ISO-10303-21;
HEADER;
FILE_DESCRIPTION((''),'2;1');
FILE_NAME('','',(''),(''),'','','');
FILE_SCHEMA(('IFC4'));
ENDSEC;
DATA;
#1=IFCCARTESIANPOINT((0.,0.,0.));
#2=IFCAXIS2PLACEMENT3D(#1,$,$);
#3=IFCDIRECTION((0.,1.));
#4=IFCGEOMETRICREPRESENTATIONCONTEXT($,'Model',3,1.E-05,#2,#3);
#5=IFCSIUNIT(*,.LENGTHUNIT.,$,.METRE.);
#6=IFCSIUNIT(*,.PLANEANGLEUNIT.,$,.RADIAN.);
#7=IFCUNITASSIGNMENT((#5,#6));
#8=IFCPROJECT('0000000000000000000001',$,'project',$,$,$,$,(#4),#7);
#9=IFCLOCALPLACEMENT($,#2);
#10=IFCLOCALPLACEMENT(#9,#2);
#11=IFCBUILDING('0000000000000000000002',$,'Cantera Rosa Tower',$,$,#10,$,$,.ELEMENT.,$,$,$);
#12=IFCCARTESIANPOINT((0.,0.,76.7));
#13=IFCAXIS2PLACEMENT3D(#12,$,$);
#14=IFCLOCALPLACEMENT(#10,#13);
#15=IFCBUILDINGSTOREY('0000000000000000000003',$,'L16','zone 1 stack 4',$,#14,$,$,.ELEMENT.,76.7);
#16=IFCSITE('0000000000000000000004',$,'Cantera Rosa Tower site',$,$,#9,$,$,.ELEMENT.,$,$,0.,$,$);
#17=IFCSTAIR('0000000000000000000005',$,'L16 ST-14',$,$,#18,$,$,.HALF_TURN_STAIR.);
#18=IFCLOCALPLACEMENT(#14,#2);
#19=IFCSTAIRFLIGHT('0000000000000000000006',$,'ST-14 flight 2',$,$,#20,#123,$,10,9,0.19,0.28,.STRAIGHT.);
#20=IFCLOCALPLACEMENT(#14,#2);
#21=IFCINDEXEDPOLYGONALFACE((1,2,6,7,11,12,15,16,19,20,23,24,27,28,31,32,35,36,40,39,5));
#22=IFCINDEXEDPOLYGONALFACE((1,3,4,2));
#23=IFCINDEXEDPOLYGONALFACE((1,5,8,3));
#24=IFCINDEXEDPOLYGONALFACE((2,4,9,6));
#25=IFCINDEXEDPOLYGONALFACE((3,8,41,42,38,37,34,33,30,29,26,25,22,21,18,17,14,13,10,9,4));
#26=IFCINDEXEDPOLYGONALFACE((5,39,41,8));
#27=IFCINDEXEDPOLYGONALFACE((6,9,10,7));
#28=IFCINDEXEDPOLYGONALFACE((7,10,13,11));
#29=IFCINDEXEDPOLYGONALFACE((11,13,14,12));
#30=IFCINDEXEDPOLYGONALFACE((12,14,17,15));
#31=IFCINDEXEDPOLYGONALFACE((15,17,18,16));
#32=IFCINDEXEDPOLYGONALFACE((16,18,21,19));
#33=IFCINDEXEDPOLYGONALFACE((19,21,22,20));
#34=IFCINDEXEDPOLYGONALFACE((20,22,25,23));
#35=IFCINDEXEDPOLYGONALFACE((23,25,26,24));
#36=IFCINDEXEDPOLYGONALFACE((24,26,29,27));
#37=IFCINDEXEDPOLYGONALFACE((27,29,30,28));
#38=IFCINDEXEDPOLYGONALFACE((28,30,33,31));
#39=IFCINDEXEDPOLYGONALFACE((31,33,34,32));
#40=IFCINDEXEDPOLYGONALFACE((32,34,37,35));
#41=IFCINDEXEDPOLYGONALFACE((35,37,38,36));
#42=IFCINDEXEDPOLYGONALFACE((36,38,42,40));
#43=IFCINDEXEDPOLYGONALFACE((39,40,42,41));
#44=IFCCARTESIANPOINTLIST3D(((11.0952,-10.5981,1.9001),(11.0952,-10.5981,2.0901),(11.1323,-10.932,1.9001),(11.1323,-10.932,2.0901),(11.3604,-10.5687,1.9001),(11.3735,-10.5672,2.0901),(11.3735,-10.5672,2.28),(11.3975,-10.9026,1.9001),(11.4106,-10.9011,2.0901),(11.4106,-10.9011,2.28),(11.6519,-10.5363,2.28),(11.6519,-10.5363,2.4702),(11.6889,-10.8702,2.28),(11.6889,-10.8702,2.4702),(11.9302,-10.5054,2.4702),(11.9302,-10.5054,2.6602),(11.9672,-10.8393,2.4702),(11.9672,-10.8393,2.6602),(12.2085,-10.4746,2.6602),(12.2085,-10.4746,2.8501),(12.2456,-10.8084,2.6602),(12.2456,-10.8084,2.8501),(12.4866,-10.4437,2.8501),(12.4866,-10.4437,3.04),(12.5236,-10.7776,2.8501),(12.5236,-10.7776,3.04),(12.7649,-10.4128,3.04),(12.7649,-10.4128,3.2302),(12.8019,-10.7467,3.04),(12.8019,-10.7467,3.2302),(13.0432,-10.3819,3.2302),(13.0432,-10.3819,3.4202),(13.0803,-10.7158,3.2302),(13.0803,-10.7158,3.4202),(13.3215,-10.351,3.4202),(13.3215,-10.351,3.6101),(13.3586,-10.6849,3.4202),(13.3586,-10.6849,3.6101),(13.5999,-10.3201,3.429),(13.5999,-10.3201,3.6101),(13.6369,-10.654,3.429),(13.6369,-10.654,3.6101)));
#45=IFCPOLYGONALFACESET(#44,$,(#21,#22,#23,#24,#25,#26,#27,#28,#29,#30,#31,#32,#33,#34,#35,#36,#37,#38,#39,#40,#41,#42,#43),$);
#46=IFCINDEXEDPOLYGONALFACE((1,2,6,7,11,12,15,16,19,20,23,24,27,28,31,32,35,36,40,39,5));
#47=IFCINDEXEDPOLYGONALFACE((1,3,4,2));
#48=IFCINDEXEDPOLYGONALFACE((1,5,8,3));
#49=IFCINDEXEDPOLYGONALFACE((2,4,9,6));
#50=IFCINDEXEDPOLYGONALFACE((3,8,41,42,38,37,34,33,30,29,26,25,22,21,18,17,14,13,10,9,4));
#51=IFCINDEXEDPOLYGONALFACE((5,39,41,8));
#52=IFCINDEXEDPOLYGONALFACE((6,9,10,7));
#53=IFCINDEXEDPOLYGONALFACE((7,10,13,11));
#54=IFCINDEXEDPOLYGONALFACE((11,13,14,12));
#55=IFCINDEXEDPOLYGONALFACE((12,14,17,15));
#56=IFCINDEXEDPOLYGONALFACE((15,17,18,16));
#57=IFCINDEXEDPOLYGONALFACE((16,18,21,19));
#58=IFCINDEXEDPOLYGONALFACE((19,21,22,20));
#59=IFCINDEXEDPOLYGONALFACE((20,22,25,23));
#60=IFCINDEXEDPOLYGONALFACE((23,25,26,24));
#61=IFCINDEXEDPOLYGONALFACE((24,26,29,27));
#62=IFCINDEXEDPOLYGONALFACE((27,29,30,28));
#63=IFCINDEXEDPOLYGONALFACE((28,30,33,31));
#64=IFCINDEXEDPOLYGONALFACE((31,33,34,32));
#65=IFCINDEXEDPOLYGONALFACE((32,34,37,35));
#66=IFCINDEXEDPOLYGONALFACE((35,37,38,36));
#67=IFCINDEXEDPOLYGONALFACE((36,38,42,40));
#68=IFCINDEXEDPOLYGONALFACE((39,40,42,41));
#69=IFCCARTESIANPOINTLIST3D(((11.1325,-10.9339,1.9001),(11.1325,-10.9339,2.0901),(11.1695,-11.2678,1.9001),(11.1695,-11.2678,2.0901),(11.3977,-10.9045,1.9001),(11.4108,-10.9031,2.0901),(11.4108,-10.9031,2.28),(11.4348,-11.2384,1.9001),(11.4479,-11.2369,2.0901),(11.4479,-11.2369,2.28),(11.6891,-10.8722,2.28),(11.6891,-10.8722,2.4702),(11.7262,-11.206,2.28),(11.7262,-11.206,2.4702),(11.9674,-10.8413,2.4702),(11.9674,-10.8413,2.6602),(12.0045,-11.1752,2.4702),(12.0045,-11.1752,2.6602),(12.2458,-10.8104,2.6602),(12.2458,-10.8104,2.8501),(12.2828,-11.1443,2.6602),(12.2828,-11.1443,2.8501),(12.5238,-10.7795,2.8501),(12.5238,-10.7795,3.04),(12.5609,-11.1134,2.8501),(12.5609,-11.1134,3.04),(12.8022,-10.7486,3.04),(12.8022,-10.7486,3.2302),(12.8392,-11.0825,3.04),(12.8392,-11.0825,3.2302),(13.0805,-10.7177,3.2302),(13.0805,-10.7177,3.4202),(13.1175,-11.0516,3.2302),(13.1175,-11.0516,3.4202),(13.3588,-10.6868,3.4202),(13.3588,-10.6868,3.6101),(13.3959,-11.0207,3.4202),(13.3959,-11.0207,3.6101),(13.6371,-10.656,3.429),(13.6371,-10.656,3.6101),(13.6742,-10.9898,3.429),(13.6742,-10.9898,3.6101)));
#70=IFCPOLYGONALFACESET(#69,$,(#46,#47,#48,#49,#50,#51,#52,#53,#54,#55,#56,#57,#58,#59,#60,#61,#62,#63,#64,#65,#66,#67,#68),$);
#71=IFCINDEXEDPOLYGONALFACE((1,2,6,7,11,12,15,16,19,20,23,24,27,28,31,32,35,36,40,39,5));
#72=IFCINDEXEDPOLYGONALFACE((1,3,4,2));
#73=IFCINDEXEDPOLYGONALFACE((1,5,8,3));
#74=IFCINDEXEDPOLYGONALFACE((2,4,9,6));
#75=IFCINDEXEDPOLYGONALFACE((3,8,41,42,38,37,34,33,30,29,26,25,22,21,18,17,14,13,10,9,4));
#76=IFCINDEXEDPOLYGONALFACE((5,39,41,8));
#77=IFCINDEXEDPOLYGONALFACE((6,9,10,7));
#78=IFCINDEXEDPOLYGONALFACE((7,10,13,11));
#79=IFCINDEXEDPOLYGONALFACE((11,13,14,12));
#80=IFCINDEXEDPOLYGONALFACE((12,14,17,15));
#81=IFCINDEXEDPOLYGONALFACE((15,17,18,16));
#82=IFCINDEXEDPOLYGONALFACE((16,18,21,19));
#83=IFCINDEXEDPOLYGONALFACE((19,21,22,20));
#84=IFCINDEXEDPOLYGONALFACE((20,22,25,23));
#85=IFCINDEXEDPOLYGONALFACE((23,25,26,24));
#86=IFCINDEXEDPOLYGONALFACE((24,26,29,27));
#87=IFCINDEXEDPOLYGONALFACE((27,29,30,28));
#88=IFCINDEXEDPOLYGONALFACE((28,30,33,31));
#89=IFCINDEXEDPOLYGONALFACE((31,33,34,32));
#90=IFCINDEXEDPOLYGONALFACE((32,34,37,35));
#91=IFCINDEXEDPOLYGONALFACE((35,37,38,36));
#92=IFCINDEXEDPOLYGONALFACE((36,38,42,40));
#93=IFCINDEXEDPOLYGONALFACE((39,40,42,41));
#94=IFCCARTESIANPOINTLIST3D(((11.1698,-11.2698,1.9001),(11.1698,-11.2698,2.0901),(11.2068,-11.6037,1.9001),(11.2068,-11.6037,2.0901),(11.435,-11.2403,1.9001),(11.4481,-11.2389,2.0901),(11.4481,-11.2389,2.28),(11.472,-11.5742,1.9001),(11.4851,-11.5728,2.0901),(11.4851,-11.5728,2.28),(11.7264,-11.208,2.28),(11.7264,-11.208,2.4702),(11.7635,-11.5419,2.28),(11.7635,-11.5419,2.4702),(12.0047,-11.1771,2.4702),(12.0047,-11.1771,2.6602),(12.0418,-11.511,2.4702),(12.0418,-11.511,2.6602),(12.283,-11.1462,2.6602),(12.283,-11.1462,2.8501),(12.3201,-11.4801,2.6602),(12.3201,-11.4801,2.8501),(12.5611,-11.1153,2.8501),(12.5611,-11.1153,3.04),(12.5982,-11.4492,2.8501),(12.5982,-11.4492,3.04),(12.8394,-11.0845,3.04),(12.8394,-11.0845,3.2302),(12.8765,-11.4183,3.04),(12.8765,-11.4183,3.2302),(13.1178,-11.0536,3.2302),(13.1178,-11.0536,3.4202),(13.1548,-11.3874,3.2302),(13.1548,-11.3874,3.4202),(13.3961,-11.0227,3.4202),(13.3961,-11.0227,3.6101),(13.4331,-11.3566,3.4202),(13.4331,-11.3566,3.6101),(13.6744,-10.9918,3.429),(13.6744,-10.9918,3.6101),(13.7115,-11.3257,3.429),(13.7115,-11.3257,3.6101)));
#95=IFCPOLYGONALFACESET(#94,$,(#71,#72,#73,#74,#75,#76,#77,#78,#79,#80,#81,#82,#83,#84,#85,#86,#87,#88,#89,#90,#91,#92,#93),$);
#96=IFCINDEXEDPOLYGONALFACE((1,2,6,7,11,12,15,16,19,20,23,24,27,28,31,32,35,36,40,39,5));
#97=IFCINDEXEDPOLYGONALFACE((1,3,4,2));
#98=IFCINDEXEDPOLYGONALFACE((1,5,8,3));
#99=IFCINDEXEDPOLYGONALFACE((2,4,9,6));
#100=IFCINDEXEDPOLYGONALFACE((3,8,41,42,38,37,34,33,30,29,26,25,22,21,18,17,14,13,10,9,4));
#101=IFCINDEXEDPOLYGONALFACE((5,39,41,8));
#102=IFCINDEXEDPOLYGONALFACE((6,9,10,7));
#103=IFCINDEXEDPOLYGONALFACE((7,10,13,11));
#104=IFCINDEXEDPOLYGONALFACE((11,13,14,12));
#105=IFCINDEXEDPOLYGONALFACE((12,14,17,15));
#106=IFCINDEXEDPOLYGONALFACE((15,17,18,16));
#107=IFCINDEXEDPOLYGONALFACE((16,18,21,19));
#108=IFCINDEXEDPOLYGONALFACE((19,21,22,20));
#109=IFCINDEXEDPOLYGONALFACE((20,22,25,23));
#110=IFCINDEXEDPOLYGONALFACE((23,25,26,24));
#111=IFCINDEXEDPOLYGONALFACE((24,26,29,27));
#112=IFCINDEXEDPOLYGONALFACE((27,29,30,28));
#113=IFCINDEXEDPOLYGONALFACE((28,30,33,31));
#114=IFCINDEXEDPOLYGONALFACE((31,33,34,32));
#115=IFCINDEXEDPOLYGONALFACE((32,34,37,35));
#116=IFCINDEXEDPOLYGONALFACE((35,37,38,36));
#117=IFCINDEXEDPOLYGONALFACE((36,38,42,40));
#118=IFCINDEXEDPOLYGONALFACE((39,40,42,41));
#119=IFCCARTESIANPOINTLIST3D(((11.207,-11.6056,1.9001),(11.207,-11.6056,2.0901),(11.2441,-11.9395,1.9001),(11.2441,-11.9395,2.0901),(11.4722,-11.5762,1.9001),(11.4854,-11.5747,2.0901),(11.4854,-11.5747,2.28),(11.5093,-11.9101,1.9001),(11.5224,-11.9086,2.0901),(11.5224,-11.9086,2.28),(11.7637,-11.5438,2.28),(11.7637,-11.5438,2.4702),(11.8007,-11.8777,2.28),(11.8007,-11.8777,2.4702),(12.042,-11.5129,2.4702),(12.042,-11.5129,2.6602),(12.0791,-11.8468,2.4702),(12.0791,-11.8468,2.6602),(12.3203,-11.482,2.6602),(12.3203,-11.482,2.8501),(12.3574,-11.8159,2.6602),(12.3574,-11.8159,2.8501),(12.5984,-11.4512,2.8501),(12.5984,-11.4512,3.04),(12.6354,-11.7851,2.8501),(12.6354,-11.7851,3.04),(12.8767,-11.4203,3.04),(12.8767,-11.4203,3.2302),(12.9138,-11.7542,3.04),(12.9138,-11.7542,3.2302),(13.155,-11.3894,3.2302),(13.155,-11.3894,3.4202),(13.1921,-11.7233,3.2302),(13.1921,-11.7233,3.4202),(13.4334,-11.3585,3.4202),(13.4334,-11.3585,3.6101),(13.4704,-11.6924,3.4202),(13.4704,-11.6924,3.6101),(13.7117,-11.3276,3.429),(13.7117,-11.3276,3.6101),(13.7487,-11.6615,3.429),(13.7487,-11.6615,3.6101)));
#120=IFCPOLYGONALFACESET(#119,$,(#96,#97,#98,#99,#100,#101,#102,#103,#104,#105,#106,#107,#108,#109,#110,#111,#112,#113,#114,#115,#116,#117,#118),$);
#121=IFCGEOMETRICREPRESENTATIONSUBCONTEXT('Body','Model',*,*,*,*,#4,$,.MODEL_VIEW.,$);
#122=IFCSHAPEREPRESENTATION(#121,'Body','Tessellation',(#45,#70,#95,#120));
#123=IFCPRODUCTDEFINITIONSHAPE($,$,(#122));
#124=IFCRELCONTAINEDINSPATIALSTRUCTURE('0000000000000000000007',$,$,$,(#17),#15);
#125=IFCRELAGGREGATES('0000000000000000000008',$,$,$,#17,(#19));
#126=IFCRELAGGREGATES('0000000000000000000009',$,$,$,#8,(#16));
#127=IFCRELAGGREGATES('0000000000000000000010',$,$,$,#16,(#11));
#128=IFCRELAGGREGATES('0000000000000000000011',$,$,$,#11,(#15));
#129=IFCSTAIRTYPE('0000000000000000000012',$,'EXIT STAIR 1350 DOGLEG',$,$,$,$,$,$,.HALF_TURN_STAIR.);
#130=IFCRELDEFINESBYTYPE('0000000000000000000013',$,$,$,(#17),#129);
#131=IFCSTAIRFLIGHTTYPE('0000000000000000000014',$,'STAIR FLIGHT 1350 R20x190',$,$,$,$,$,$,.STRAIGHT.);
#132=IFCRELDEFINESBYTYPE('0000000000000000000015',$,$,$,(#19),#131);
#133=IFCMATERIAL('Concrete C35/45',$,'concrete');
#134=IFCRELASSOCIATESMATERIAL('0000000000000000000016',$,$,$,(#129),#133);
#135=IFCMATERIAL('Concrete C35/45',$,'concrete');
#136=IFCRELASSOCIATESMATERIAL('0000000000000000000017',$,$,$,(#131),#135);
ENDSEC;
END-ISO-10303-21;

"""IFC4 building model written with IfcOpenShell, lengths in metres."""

from ifc_helpers import new_model, si_unit, direction, frame, origin, place, context, subcontext, project, spatial, polyline, outline, extrude, material, type_object, element, aggregate, save


model = new_model("IFC4")

# Units and contexts
model_context = context("Model", 3, precision=1e-05, world=origin(), true_north=direction((0.0, 1.0)))
body_context = subcontext(model_context, "Body", "Model", "MODEL_VIEW")
ifc_project = project(units=[si_unit("LENGTHUNIT", "METRE"), si_unit("PLANEANGLEUNIT", "RADIAN")], contexts=[model_context])

# Site, building, storey
site_placement = place(None, origin())
site = spatial("IfcSite", under=ifc_project, at=site_placement, Name="Cantera Rosa Tower site", CompositionType="ELEMENT", RefElevation=0.0)
building_placement = place(site_placement, origin())
building = spatial("IfcBuilding", under=site, at=building_placement, Name="Cantera Rosa Tower", CompositionType="ELEMENT")
storey_placement = place(building_placement, frame((0.0, 0.0, 76.7)))
storey = spatial("IfcBuildingStorey", under=building, at=storey_placement, Name="L16", Description="zone 1 stack 4", CompositionType="ELEMENT", Elevation=76.7)

# Stair, stair flight
ifc_material_1 = material(Name="Concrete C35/45", Category="concrete")
stair_type = type_object("IfcStairType", Name="EXIT STAIR 1350 DOGLEG", PredefinedType="HALF_TURN_STAIR", material=ifc_material_1)
stair_placement = place(storey_placement, origin())
stair = element("IfcStair", 1, at=stair_placement, inside=storey, type_object=stair_type, Name="L16 ST-14", PredefinedType="HALF_TURN_STAIR")
ifc_material_2 = material(Name="Concrete C35/45", Category="concrete")
stair_flight_type = type_object("IfcStairFlightType", Name="STAIR FLIGHT 1350 R20x190", PredefinedType="STRAIGHT", material=ifc_material_2)
stair_flight_1_placement = place(storey_placement, frame((11.1697, -11.269, 1.9001), z_axis=(0.0, 0.0, 1.0), x_axis=(0.993897, 0.110313, 0.0)))
stair_flight_1 = element("IfcStairFlight", 2, at=stair_flight_1_placement, type_object=stair_flight_type, Name="ST-14 flight 2", NumberOfRisers=10, NumberOfTreads=9, PredefinedType="STRAIGHT", RiserHeight=0.19, TreadLength=0.28, context=body_context, shape_type="SweptSolid", body=[
    extrude(outline(polyline([(0.0, 0.0), (0.0, 0.1899), (0.28, 0.1899), (0.28, 0.3799), (0.5601, 0.3799), (0.5601, 0.5701), (0.8401, 0.5701), (0.8401, 0.76), (1.1201, 0.76), (1.1201, 0.95), (1.3999, 0.95), (1.3999, 1.1399), (1.6799, 1.1399), (1.6799, 1.3301), (1.96, 1.3301), (1.96, 1.52), (2.24, 1.52), (2.24, 1.71), (2.52, 1.71), (2.52, 1.8999), (2.52, 1.5288), (0.2668, 0.0), (0.0, 0.0)])), frame((0.0, 0.675, 0.0), z_axis=(0.0, -1.0, 0.0), x_axis=(1.0, 0.0, 0.0)), (0.0, 0.0, 1.0), 0.3359),
    extrude(outline(polyline([(0.0, 0.0), (0.0, 0.1899), (0.28, 0.1899), (0.28, 0.3799), (0.5601, 0.3799), (0.5601, 0.5701), (0.8401, 0.5701), (0.8401, 0.76), (1.1201, 0.76), (1.1201, 0.95), (1.3999, 0.95), (1.3999, 1.1399), (1.6799, 1.1399), (1.6799, 1.3301), (1.96, 1.3301), (1.96, 1.52), (2.24, 1.52), (2.24, 1.71), (2.52, 1.71), (2.52, 1.8999), (2.52, 1.5288), (0.2668, 0.0), (0.0, 0.0)])), frame((0.0, 0.3372, 0.0), z_axis=(0.0, -1.0, 0.0), x_axis=(1.0, 0.0, 0.0)), (0.0, 0.0, 1.0), 0.3359),
    extrude(outline(polyline([(0.0, 0.0), (0.0, 0.1899), (0.28, 0.1899), (0.28, 0.3799), (0.5601, 0.3799), (0.5601, 0.5701), (0.8401, 0.5701), (0.8401, 0.76), (1.1201, 0.76), (1.1201, 0.95), (1.3999, 0.95), (1.3999, 1.1399), (1.6799, 1.1399), (1.6799, 1.3301), (1.96, 1.3301), (1.96, 1.52), (2.24, 1.52), (2.24, 1.71), (2.52, 1.71), (2.52, 1.8999), (2.52, 1.5288), (0.2668, 0.0), (0.0, 0.0)])), frame((0.0, -0.0007, 0.0), z_axis=(0.0, -1.0, 0.0), x_axis=(1.0, 0.0, 0.0)), (0.0, 0.0, 1.0), 0.3359),
    extrude(outline(polyline([(0.0, 0.0), (0.0, 0.1899), (0.28, 0.1899), (0.28, 0.3799), (0.5601, 0.3799), (0.5601, 0.5701), (0.8401, 0.5701), (0.8401, 0.76), (1.1201, 0.76), (1.1201, 0.95), (1.3999, 0.95), (1.3999, 1.1399), (1.6799, 1.1399), (1.6799, 1.3301), (1.96, 1.3301), (1.96, 1.52), (2.24, 1.52), (2.24, 1.71), (2.52, 1.71), (2.52, 1.8999), (2.52, 1.5288), (0.2668, 0.0), (0.0, 0.0)])), frame((0.0, -0.3386, 0.0), z_axis=(0.0, -1.0, 0.0), x_axis=(1.0, 0.0, 0.0)), (0.0, 0.0, 1.0), 0.3359),
])
aggregate(stair, [stair_flight_1])

save(model, "model.ifc")
